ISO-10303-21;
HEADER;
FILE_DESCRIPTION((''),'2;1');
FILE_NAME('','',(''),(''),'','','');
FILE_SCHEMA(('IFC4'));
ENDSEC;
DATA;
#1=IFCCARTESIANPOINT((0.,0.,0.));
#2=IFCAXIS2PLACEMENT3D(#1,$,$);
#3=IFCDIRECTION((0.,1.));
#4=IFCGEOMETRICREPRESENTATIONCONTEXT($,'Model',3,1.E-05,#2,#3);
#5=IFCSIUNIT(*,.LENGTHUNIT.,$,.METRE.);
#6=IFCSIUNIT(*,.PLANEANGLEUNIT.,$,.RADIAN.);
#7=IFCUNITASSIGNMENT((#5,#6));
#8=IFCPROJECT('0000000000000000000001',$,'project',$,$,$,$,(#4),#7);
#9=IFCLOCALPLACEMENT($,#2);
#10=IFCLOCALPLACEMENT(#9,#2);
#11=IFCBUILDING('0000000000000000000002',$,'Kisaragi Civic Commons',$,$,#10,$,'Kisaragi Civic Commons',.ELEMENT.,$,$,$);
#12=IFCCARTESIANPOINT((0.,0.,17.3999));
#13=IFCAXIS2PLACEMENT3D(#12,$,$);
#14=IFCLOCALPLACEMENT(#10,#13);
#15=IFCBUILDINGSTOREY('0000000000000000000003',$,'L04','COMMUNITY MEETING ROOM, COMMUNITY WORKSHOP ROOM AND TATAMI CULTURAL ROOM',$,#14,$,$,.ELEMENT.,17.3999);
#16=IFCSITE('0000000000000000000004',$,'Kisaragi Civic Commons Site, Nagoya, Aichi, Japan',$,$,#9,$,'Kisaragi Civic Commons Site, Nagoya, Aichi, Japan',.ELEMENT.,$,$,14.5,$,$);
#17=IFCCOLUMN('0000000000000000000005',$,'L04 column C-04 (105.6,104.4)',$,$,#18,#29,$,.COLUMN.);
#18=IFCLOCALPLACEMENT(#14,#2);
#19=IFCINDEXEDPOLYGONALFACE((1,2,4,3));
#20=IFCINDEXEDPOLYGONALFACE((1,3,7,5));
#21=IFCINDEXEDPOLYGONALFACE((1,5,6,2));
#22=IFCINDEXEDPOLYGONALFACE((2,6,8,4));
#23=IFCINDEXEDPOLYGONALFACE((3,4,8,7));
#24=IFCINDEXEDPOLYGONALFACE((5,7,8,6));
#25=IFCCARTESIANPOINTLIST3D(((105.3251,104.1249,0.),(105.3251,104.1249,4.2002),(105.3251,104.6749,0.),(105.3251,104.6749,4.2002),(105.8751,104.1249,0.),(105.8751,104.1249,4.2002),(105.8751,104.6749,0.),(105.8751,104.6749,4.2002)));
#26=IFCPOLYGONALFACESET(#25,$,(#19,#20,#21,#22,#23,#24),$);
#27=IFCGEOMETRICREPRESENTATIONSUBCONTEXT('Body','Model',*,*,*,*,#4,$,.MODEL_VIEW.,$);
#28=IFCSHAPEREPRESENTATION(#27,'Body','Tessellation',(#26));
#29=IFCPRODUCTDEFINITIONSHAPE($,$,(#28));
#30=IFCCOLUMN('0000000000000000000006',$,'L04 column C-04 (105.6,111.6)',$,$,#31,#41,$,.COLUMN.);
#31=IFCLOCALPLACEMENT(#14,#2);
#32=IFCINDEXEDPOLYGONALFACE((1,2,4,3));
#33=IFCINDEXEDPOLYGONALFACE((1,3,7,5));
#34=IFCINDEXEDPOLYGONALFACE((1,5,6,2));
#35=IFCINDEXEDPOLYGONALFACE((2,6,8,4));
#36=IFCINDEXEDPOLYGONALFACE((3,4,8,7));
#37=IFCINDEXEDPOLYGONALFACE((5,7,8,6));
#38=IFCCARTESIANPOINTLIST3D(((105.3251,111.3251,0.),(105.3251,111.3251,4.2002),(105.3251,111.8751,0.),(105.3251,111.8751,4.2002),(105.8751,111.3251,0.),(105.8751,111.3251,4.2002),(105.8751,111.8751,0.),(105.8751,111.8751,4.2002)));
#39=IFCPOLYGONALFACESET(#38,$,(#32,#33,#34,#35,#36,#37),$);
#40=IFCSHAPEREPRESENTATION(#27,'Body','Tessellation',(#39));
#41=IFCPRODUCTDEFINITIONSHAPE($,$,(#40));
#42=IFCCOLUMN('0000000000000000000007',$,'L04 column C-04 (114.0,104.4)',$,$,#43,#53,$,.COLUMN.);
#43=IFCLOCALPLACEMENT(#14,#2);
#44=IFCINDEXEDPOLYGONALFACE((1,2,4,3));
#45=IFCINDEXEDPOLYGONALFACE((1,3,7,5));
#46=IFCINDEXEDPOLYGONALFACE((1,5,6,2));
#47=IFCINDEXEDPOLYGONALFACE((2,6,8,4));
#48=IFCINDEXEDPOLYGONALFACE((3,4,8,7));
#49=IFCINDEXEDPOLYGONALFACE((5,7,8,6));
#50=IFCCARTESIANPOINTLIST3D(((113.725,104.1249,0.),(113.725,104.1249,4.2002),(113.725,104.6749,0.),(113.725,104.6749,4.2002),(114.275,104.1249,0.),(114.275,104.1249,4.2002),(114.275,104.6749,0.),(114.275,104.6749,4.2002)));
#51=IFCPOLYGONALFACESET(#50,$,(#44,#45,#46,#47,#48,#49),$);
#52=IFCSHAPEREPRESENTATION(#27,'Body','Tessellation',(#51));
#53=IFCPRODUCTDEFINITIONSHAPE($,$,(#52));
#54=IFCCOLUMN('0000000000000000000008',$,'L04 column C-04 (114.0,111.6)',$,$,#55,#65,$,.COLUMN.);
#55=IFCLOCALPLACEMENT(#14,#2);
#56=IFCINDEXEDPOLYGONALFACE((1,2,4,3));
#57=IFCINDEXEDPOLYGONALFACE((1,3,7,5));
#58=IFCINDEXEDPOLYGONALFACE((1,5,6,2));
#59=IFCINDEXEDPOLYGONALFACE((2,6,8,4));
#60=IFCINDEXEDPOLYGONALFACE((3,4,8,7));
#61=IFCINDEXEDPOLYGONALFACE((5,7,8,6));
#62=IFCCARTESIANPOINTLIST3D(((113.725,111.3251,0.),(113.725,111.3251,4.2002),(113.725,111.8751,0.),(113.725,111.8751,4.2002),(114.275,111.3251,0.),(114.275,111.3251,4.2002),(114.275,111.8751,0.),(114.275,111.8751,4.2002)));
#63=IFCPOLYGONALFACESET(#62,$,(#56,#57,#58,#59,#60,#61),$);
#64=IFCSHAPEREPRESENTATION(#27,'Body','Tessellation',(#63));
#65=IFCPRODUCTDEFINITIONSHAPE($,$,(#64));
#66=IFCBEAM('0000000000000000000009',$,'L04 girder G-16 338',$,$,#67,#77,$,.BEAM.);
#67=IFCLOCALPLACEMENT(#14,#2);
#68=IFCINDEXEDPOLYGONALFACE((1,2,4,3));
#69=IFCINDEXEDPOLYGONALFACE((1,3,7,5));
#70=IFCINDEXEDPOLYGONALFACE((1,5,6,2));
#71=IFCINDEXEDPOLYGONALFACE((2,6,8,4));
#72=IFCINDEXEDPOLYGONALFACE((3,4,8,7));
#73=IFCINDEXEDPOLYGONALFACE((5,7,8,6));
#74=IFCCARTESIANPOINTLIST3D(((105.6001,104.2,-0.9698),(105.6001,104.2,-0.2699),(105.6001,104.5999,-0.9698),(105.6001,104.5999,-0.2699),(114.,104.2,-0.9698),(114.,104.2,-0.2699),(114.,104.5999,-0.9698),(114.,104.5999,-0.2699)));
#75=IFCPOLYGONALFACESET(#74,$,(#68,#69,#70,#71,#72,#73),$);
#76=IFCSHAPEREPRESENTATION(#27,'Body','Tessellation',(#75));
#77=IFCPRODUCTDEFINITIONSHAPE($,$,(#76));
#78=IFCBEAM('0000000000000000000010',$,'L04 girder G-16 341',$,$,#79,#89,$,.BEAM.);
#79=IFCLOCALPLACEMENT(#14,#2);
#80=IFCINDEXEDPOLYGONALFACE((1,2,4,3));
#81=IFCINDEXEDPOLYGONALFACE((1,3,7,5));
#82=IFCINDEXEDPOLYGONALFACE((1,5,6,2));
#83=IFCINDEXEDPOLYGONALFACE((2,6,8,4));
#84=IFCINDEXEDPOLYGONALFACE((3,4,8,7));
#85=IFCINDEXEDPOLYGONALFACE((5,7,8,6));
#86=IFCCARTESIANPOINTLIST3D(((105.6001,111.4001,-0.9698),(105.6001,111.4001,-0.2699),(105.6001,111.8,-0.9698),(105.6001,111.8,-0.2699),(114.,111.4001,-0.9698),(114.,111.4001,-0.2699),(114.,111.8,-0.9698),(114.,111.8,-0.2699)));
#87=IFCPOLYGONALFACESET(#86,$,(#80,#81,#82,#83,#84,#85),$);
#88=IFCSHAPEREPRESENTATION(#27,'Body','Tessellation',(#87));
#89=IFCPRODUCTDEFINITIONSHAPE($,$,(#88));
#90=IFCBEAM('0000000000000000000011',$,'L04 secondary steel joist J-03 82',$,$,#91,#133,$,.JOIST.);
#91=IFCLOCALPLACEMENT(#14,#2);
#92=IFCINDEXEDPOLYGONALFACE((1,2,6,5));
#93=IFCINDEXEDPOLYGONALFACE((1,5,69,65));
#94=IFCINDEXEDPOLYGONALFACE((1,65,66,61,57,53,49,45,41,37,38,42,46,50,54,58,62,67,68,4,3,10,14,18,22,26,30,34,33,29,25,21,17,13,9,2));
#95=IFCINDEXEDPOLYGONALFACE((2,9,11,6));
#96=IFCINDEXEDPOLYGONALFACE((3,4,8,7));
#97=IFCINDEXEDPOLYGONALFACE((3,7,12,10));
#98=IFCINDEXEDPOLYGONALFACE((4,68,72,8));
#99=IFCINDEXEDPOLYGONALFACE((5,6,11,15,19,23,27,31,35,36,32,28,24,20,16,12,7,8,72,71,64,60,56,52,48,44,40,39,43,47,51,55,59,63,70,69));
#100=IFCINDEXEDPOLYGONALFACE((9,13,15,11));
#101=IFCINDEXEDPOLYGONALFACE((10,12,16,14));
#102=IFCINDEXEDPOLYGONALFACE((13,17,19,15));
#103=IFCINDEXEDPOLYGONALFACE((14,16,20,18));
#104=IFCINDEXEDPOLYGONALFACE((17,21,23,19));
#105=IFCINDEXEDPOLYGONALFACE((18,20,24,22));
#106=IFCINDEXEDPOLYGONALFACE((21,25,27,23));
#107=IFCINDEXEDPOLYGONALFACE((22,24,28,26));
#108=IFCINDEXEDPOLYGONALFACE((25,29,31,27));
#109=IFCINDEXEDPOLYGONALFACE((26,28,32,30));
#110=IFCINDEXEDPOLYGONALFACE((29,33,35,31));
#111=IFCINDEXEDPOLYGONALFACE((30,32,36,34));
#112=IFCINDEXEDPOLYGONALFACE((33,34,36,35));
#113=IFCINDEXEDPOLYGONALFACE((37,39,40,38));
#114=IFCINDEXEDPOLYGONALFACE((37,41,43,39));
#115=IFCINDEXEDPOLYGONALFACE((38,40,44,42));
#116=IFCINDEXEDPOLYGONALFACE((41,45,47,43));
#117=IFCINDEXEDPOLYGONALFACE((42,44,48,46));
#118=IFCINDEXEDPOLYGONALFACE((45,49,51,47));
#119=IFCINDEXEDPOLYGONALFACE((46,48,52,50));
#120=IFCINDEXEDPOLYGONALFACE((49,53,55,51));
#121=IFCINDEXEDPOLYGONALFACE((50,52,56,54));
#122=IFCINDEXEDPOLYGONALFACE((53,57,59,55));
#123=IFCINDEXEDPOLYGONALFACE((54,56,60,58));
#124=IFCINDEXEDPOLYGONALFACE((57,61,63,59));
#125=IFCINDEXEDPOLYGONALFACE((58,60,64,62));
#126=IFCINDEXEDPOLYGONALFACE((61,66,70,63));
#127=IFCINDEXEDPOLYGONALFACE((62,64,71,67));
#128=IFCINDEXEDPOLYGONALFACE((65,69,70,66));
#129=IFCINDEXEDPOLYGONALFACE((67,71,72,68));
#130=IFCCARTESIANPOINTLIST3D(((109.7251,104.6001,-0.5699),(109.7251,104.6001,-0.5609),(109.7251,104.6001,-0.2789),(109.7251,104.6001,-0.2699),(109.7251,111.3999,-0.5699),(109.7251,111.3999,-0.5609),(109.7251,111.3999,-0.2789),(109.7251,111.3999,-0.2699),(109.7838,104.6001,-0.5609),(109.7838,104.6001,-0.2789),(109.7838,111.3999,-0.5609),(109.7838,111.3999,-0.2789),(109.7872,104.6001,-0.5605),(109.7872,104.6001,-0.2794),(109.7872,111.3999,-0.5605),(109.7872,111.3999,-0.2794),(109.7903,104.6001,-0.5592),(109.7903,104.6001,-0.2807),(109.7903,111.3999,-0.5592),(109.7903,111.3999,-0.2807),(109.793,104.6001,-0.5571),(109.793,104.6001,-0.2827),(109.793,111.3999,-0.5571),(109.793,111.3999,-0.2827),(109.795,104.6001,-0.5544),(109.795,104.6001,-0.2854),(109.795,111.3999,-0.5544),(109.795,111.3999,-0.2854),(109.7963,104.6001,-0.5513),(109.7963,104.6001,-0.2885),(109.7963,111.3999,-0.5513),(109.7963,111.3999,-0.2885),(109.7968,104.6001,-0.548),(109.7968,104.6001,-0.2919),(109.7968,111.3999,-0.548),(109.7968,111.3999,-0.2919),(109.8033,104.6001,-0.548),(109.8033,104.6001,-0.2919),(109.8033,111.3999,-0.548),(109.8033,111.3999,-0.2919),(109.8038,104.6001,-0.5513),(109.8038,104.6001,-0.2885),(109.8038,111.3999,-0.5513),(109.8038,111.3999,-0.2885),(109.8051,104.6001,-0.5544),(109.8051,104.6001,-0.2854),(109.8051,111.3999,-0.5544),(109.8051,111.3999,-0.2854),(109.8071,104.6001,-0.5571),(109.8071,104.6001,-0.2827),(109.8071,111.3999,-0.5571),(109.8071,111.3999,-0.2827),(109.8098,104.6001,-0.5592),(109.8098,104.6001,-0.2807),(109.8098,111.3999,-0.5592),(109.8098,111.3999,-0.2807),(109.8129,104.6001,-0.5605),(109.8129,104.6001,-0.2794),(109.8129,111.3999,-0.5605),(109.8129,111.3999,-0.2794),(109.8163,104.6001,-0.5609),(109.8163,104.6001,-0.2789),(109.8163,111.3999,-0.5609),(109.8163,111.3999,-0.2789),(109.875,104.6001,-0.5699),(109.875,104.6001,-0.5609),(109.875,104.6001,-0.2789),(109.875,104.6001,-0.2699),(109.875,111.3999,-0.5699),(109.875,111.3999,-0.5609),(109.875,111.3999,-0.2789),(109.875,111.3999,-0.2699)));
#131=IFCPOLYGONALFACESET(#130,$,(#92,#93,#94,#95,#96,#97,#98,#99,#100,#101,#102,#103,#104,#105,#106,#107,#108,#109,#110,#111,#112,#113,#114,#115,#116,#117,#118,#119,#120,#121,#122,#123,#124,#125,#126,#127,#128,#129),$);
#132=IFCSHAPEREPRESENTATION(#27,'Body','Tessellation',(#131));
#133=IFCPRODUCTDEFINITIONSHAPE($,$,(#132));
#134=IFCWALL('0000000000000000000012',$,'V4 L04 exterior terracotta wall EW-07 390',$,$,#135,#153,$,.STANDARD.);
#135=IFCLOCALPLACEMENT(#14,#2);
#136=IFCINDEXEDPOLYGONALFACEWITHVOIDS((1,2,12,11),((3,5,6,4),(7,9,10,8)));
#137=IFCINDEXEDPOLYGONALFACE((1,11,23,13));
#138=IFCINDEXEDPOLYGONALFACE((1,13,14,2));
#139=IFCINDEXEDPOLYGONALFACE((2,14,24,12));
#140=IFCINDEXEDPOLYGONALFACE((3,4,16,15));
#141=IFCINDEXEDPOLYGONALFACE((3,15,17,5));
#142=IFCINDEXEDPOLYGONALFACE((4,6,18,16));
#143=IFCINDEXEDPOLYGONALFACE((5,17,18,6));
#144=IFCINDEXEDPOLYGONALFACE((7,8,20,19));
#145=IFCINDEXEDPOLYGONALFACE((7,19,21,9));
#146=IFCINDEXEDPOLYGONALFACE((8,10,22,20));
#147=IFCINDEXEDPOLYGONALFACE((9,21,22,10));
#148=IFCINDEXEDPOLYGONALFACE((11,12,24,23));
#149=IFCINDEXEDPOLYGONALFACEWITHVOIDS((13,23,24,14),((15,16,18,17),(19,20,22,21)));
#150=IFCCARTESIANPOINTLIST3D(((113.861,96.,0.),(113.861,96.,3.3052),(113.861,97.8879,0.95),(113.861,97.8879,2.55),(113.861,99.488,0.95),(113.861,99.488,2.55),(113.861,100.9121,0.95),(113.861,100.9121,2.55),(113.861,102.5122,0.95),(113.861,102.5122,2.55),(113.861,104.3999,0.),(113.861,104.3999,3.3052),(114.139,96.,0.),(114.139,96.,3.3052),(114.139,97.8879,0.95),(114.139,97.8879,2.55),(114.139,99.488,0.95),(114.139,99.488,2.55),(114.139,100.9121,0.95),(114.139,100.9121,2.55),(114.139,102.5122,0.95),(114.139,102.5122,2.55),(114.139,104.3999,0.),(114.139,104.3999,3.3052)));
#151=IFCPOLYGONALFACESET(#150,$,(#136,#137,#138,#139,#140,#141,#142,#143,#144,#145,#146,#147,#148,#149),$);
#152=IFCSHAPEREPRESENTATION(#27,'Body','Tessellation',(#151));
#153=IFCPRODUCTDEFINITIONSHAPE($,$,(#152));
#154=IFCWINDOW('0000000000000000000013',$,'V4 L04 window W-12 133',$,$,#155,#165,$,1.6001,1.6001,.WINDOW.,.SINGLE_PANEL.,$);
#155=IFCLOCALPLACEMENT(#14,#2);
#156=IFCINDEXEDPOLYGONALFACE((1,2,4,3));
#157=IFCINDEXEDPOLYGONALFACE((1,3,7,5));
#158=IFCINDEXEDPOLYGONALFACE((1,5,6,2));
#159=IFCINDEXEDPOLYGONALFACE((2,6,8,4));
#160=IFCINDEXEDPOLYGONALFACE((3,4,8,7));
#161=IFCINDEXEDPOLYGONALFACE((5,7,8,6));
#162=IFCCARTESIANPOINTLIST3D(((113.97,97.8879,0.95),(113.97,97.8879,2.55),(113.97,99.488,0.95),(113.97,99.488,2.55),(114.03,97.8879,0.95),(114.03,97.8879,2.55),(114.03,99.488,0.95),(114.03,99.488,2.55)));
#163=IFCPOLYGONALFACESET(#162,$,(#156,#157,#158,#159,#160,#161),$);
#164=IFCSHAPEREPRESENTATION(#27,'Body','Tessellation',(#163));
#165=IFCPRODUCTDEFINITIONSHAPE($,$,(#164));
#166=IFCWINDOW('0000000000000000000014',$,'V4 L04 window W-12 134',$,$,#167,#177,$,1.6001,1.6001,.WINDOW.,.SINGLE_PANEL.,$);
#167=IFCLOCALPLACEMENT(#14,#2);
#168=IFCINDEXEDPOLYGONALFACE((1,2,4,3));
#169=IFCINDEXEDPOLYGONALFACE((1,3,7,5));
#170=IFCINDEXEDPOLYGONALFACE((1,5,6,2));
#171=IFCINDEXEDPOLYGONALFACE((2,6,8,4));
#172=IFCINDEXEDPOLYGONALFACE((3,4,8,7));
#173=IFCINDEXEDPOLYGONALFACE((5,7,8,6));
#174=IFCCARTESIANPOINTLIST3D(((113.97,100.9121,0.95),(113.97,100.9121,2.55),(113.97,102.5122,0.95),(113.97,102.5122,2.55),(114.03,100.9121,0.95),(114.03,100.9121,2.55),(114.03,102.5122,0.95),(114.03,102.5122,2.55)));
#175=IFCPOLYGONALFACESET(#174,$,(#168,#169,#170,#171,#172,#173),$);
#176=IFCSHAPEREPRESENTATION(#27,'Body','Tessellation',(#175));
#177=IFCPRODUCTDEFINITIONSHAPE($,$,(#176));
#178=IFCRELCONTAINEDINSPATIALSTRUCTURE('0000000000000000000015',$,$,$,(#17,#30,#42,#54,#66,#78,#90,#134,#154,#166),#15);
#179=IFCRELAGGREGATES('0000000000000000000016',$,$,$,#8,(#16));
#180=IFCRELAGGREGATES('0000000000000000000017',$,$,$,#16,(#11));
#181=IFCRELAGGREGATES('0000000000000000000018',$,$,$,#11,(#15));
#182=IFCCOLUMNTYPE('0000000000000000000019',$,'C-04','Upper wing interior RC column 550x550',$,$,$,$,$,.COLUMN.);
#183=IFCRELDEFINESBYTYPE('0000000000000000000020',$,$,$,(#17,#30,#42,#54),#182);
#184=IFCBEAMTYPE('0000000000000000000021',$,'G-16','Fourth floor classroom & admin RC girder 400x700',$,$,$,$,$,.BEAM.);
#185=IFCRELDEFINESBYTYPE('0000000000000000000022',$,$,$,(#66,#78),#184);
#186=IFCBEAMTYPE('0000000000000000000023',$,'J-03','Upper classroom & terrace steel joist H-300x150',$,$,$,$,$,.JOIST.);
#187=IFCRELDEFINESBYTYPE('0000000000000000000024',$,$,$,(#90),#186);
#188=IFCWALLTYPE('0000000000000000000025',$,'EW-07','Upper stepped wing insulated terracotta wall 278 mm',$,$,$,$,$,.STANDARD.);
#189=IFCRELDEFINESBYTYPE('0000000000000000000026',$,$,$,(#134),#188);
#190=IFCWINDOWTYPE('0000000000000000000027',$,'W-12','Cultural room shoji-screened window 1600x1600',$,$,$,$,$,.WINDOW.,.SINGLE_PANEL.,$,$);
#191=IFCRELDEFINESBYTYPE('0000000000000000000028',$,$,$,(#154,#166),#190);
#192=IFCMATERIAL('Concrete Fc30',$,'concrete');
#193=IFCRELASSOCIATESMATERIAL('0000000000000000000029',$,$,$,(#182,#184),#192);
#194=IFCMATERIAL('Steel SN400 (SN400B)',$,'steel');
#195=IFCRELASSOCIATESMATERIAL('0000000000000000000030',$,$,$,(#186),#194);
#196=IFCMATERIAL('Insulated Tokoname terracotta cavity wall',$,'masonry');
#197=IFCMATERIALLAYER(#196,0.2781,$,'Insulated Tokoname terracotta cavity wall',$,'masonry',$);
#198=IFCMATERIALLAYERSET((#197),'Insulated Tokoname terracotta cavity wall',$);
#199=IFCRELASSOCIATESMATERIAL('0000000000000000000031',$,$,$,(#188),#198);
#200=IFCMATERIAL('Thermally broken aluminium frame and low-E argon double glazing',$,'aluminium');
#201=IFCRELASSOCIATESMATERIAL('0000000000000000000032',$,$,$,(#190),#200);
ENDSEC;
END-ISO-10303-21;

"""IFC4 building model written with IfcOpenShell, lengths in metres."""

from ifc_helpers import new_model, si_unit, direction, frame, frame_2d, origin, origin_2d, place, context, subcontext, project, spatial, rectangle, i_section, extrude, material, layer, layer_set, material_profile, profile_set, type_object, element, fill, save


model = new_model("IFC4")

# Units and contexts
model_context = context("Model", 3, precision=1e-05, world=origin(), true_north=direction((0.0, 1.0)))
body_context = subcontext(model_context, "Body", "Model", "MODEL_VIEW")
ifc_project = project(units=[si_unit("LENGTHUNIT", "METRE"), si_unit("PLANEANGLEUNIT", "RADIAN")], contexts=[model_context])

# Site, building, storey
site_placement = place(None, origin())
site = spatial("IfcSite", under=ifc_project, at=site_placement, Name="Kisaragi Civic Commons Site, Nagoya, Aichi, Japan", LongName="Kisaragi Civic Commons Site, Nagoya, Aichi, Japan", CompositionType="ELEMENT", RefElevation=14.5)
building_placement = place(site_placement, origin())
building = spatial("IfcBuilding", under=site, at=building_placement, Name="Kisaragi Civic Commons", LongName="Kisaragi Civic Commons", CompositionType="ELEMENT")
storey_placement = place(building_placement, frame((0.0, 0.0, 17.3999)))
storey = spatial("IfcBuildingStorey", under=building, at=storey_placement, Name="L04", Description="COMMUNITY MEETING ROOM, COMMUNITY WORKSHOP ROOM AND TATAMI CULTURAL ROOM", CompositionType="ELEMENT", Elevation=17.3999)

# Columns
ifc_material_1 = material(Name="Concrete Fc30", Category="concrete")
ifc_material_profile_1 = material_profile(ifc_material_1, rectangle(XDim=0.55, YDim=0.55, at=origin_2d()), Name="RC-550x550", Category="concrete")
ifc_profile_set_1 = profile_set([ifc_material_profile_1], Name="Concrete Fc30")
column_type = type_object("IfcColumnType", Name="C-04", Description="Upper wing interior RC column 550x550", PredefinedType="COLUMN", material=ifc_profile_set_1)
for number, where, z_axis, x_axis, name in (
    (1, (105.6001, 104.3999, 0.0), (0.0, 0.0, 1.0), (1.0, 0.0, 0.0), "L04 column C-04 (105.6,104.4)"),
    (2, (105.6001, 111.6001, 0.0), (0.0, 0.0, 1.0), (1.0, 0.0, 0.0), "L04 column C-04 (105.6,111.6)"),
    (3, (114.0, 104.3999, 0.0), (0.0, 0.0, 1.0), (1.0, 0.0, 0.0), "L04 column C-04 (114.0,104.4)"),
    (4, (114.0, 111.6001, 0.0), (0.0, 0.0, 1.0), (1.0, 0.0, 0.0), "L04 column C-04 (114.0,111.6)"),
):
    element("IfcColumn", number, at=place(storey_placement, frame(where, z_axis=z_axis, x_axis=x_axis)), inside=storey, type_object=column_type, Name=name, PredefinedType="COLUMN", context=body_context, shape_type="SweptSolid", body=[
        extrude(rectangle(XDim=0.55, YDim=0.55, at=origin_2d()), origin(), (0.0, 0.0, 1.0), 4.2002),
    ])

# Beams
ifc_material_profile_2 = material_profile(ifc_material_1, rectangle(XDim=0.3999, YDim=0.7, at=origin_2d()), Name="RC-400x700", Category="concrete")
ifc_profile_set_2 = profile_set([ifc_material_profile_2], Name="Concrete Fc30")
beam_type_1 = type_object("IfcBeamType", Name="G-16", Description="Fourth floor classroom & admin RC girder 400x700", PredefinedType="BEAM", material=ifc_profile_set_2)
for number, where, z_axis, x_axis, name in (
    (5, (105.6001, 104.3999, -0.6199), (1.0, 0.0, 0.0), (0.0, 1.0, 0.0), "L04 girder G-16 338"),
    (6, (105.6001, 111.6001, -0.6199), (1.0, 0.0, 0.0), (0.0, 1.0, 0.0), "L04 girder G-16 341"),
):
    element("IfcBeam", number, at=place(storey_placement, frame(where, z_axis=z_axis, x_axis=x_axis)), inside=storey, type_object=beam_type_1, Name=name, PredefinedType="BEAM", context=body_context, shape_type="SweptSolid", body=[
        extrude(rectangle(XDim=0.3999, YDim=0.7, at=origin_2d()), origin(), (0.0, 0.0, 1.0), 8.3999),
    ])
ifc_material_2 = material(Name="Steel SN400 (SN400B)", Category="steel")
ifc_material_profile_3 = material_profile(ifc_material_2, i_section(OverallWidth=0.1499, OverallDepth=0.3, WebThickness=0.0066, FlangeThickness=0.009, FilletRadius=0.0129, at=origin_2d()), Name="H-300x150x6.5x9", Category="steel")
ifc_profile_set_3 = profile_set([ifc_material_profile_3], Name="Steel SN400 (SN400B)")
beam_type_2 = type_object("IfcBeamType", Name="J-03", Description="Upper classroom & terrace steel joist H-300x150", PredefinedType="JOIST", material=ifc_profile_set_3)
beam_placement = place(storey_placement, frame((109.8, 104.6001, -0.4199), z_axis=(0.0, 1.0, 0.0), x_axis=(-1.0, 0.0, 0.0)))
element("IfcBeam", 7, at=beam_placement, inside=storey, type_object=beam_type_2, Name="L04 secondary steel joist J-03 82", PredefinedType="JOIST", context=body_context, shape_type="SweptSolid", body=[
    extrude(i_section(OverallWidth=0.1499, OverallDepth=0.3, WebThickness=0.0066, FlangeThickness=0.009, FilletRadius=0.0129, at=origin_2d()), origin(), (0.0, 0.0, 1.0), 6.7998),
])

# Wall, openings, windows
ifc_material_3 = material(Name="Insulated Tokoname terracotta cavity wall", Category="masonry")
ifc_layer_1 = layer(ifc_material_3, 0.2781, Name="Insulated Tokoname terracotta cavity wall", Category="masonry")
ifc_layer_set_1 = layer_set([ifc_layer_1], Name="Insulated Tokoname terracotta cavity wall")
wall_type_1 = type_object("IfcWallType", Name="EW-07", Description="Upper stepped wing insulated terracotta wall 278 mm", PredefinedType="STANDARD", material=ifc_layer_set_1)
wall_1_placement = place(storey_placement, frame((114.0, 96.0, 0.0), z_axis=(0.0, 0.0, 1.0), x_axis=(0.0, 1.0, 0.0)))
wall_1 = element("IfcWall", 8, at=wall_1_placement, inside=storey, type_object=wall_type_1, Name="V4 L04 exterior terracotta wall EW-07 390", PredefinedType="STANDARD", context=body_context, shape_type="SweptSolid", body=[
    extrude(rectangle(XDim=8.3999, YDim=0.2781, at=frame_2d((4.2, 0.0))), origin(), (0.0, 0.0, 1.0), 3.3052),
])
opening_1_placement = place(wall_1_placement, frame((1.8879, 0.0, 0.95)))
opening_1 = element("IfcOpeningElement", 9, at=opening_1_placement, cuts=wall_1, PredefinedType="OPENING", context=body_context, shape_type="SweptSolid", body=[
    extrude(rectangle(XDim=1.6001, YDim=1.6001, at=frame_2d((0.8, 0.8))), frame((0.0, 0.1489, 0.0), z_axis=(0.0, -1.0, 0.0), x_axis=(1.0, 0.0, 0.0)), (0.0, 0.0, 1.0), 0.2981),
])
opening_2_placement = place(wall_1_placement, frame((4.9121, 0.0, 0.95)))
opening_2 = element("IfcOpeningElement", 10, at=opening_2_placement, cuts=wall_1, PredefinedType="OPENING", context=body_context, shape_type="SweptSolid", body=[
    extrude(rectangle(XDim=1.6001, YDim=1.6001, at=frame_2d((0.8, 0.8))), frame((0.0, 0.1489, 0.0), z_axis=(0.0, -1.0, 0.0), x_axis=(1.0, 0.0, 0.0)), (0.0, 0.0, 1.0), 0.2981),
])
ifc_material_4 = material(Name="Thermally broken aluminium frame and low-E argon double glazing", Category="aluminium")
window_type = type_object("IfcWindowType", Name="W-12", Description="Cultural room shoji-screened window 1600x1600", PartitioningType="SINGLE_PANEL", PredefinedType="WINDOW", material=ifc_material_4)
window_1_placement = place(opening_1_placement, origin())
window_1 = element("IfcWindow", 11, at=window_1_placement, inside=storey, type_object=window_type, Name="V4 L04 window W-12 133", OverallHeight=1.6001, OverallWidth=1.6001, PartitioningType="SINGLE_PANEL", PredefinedType="WINDOW", context=body_context, shape_type="SweptSolid", body=[
    extrude(rectangle(XDim=1.6001, YDim=1.6001, at=frame_2d((0.8, 0.8))), frame((0.0, 0.03, 0.0), z_axis=(0.0, -1.0, 0.0), x_axis=(1.0, 0.0, 0.0)), (0.0, 0.0, 1.0), 0.0601),
])
fill(opening_1, window_1)
window_2_placement = place(opening_2_placement, origin())
window_2 = element("IfcWindow", 12, at=window_2_placement, inside=storey, type_object=window_type, Name="V4 L04 window W-12 134", OverallHeight=1.6001, OverallWidth=1.6001, PartitioningType="SINGLE_PANEL", PredefinedType="WINDOW", context=body_context, shape_type="SweptSolid", body=[
    extrude(rectangle(XDim=1.6001, YDim=1.6001, at=frame_2d((0.8, 0.8))), frame((0.0, 0.03, 0.0), z_axis=(0.0, -1.0, 0.0), x_axis=(1.0, 0.0, 0.0)), (0.0, 0.0, 1.0), 0.0601),
])
fill(opening_2, window_2)

save(model, "model.ifc")
